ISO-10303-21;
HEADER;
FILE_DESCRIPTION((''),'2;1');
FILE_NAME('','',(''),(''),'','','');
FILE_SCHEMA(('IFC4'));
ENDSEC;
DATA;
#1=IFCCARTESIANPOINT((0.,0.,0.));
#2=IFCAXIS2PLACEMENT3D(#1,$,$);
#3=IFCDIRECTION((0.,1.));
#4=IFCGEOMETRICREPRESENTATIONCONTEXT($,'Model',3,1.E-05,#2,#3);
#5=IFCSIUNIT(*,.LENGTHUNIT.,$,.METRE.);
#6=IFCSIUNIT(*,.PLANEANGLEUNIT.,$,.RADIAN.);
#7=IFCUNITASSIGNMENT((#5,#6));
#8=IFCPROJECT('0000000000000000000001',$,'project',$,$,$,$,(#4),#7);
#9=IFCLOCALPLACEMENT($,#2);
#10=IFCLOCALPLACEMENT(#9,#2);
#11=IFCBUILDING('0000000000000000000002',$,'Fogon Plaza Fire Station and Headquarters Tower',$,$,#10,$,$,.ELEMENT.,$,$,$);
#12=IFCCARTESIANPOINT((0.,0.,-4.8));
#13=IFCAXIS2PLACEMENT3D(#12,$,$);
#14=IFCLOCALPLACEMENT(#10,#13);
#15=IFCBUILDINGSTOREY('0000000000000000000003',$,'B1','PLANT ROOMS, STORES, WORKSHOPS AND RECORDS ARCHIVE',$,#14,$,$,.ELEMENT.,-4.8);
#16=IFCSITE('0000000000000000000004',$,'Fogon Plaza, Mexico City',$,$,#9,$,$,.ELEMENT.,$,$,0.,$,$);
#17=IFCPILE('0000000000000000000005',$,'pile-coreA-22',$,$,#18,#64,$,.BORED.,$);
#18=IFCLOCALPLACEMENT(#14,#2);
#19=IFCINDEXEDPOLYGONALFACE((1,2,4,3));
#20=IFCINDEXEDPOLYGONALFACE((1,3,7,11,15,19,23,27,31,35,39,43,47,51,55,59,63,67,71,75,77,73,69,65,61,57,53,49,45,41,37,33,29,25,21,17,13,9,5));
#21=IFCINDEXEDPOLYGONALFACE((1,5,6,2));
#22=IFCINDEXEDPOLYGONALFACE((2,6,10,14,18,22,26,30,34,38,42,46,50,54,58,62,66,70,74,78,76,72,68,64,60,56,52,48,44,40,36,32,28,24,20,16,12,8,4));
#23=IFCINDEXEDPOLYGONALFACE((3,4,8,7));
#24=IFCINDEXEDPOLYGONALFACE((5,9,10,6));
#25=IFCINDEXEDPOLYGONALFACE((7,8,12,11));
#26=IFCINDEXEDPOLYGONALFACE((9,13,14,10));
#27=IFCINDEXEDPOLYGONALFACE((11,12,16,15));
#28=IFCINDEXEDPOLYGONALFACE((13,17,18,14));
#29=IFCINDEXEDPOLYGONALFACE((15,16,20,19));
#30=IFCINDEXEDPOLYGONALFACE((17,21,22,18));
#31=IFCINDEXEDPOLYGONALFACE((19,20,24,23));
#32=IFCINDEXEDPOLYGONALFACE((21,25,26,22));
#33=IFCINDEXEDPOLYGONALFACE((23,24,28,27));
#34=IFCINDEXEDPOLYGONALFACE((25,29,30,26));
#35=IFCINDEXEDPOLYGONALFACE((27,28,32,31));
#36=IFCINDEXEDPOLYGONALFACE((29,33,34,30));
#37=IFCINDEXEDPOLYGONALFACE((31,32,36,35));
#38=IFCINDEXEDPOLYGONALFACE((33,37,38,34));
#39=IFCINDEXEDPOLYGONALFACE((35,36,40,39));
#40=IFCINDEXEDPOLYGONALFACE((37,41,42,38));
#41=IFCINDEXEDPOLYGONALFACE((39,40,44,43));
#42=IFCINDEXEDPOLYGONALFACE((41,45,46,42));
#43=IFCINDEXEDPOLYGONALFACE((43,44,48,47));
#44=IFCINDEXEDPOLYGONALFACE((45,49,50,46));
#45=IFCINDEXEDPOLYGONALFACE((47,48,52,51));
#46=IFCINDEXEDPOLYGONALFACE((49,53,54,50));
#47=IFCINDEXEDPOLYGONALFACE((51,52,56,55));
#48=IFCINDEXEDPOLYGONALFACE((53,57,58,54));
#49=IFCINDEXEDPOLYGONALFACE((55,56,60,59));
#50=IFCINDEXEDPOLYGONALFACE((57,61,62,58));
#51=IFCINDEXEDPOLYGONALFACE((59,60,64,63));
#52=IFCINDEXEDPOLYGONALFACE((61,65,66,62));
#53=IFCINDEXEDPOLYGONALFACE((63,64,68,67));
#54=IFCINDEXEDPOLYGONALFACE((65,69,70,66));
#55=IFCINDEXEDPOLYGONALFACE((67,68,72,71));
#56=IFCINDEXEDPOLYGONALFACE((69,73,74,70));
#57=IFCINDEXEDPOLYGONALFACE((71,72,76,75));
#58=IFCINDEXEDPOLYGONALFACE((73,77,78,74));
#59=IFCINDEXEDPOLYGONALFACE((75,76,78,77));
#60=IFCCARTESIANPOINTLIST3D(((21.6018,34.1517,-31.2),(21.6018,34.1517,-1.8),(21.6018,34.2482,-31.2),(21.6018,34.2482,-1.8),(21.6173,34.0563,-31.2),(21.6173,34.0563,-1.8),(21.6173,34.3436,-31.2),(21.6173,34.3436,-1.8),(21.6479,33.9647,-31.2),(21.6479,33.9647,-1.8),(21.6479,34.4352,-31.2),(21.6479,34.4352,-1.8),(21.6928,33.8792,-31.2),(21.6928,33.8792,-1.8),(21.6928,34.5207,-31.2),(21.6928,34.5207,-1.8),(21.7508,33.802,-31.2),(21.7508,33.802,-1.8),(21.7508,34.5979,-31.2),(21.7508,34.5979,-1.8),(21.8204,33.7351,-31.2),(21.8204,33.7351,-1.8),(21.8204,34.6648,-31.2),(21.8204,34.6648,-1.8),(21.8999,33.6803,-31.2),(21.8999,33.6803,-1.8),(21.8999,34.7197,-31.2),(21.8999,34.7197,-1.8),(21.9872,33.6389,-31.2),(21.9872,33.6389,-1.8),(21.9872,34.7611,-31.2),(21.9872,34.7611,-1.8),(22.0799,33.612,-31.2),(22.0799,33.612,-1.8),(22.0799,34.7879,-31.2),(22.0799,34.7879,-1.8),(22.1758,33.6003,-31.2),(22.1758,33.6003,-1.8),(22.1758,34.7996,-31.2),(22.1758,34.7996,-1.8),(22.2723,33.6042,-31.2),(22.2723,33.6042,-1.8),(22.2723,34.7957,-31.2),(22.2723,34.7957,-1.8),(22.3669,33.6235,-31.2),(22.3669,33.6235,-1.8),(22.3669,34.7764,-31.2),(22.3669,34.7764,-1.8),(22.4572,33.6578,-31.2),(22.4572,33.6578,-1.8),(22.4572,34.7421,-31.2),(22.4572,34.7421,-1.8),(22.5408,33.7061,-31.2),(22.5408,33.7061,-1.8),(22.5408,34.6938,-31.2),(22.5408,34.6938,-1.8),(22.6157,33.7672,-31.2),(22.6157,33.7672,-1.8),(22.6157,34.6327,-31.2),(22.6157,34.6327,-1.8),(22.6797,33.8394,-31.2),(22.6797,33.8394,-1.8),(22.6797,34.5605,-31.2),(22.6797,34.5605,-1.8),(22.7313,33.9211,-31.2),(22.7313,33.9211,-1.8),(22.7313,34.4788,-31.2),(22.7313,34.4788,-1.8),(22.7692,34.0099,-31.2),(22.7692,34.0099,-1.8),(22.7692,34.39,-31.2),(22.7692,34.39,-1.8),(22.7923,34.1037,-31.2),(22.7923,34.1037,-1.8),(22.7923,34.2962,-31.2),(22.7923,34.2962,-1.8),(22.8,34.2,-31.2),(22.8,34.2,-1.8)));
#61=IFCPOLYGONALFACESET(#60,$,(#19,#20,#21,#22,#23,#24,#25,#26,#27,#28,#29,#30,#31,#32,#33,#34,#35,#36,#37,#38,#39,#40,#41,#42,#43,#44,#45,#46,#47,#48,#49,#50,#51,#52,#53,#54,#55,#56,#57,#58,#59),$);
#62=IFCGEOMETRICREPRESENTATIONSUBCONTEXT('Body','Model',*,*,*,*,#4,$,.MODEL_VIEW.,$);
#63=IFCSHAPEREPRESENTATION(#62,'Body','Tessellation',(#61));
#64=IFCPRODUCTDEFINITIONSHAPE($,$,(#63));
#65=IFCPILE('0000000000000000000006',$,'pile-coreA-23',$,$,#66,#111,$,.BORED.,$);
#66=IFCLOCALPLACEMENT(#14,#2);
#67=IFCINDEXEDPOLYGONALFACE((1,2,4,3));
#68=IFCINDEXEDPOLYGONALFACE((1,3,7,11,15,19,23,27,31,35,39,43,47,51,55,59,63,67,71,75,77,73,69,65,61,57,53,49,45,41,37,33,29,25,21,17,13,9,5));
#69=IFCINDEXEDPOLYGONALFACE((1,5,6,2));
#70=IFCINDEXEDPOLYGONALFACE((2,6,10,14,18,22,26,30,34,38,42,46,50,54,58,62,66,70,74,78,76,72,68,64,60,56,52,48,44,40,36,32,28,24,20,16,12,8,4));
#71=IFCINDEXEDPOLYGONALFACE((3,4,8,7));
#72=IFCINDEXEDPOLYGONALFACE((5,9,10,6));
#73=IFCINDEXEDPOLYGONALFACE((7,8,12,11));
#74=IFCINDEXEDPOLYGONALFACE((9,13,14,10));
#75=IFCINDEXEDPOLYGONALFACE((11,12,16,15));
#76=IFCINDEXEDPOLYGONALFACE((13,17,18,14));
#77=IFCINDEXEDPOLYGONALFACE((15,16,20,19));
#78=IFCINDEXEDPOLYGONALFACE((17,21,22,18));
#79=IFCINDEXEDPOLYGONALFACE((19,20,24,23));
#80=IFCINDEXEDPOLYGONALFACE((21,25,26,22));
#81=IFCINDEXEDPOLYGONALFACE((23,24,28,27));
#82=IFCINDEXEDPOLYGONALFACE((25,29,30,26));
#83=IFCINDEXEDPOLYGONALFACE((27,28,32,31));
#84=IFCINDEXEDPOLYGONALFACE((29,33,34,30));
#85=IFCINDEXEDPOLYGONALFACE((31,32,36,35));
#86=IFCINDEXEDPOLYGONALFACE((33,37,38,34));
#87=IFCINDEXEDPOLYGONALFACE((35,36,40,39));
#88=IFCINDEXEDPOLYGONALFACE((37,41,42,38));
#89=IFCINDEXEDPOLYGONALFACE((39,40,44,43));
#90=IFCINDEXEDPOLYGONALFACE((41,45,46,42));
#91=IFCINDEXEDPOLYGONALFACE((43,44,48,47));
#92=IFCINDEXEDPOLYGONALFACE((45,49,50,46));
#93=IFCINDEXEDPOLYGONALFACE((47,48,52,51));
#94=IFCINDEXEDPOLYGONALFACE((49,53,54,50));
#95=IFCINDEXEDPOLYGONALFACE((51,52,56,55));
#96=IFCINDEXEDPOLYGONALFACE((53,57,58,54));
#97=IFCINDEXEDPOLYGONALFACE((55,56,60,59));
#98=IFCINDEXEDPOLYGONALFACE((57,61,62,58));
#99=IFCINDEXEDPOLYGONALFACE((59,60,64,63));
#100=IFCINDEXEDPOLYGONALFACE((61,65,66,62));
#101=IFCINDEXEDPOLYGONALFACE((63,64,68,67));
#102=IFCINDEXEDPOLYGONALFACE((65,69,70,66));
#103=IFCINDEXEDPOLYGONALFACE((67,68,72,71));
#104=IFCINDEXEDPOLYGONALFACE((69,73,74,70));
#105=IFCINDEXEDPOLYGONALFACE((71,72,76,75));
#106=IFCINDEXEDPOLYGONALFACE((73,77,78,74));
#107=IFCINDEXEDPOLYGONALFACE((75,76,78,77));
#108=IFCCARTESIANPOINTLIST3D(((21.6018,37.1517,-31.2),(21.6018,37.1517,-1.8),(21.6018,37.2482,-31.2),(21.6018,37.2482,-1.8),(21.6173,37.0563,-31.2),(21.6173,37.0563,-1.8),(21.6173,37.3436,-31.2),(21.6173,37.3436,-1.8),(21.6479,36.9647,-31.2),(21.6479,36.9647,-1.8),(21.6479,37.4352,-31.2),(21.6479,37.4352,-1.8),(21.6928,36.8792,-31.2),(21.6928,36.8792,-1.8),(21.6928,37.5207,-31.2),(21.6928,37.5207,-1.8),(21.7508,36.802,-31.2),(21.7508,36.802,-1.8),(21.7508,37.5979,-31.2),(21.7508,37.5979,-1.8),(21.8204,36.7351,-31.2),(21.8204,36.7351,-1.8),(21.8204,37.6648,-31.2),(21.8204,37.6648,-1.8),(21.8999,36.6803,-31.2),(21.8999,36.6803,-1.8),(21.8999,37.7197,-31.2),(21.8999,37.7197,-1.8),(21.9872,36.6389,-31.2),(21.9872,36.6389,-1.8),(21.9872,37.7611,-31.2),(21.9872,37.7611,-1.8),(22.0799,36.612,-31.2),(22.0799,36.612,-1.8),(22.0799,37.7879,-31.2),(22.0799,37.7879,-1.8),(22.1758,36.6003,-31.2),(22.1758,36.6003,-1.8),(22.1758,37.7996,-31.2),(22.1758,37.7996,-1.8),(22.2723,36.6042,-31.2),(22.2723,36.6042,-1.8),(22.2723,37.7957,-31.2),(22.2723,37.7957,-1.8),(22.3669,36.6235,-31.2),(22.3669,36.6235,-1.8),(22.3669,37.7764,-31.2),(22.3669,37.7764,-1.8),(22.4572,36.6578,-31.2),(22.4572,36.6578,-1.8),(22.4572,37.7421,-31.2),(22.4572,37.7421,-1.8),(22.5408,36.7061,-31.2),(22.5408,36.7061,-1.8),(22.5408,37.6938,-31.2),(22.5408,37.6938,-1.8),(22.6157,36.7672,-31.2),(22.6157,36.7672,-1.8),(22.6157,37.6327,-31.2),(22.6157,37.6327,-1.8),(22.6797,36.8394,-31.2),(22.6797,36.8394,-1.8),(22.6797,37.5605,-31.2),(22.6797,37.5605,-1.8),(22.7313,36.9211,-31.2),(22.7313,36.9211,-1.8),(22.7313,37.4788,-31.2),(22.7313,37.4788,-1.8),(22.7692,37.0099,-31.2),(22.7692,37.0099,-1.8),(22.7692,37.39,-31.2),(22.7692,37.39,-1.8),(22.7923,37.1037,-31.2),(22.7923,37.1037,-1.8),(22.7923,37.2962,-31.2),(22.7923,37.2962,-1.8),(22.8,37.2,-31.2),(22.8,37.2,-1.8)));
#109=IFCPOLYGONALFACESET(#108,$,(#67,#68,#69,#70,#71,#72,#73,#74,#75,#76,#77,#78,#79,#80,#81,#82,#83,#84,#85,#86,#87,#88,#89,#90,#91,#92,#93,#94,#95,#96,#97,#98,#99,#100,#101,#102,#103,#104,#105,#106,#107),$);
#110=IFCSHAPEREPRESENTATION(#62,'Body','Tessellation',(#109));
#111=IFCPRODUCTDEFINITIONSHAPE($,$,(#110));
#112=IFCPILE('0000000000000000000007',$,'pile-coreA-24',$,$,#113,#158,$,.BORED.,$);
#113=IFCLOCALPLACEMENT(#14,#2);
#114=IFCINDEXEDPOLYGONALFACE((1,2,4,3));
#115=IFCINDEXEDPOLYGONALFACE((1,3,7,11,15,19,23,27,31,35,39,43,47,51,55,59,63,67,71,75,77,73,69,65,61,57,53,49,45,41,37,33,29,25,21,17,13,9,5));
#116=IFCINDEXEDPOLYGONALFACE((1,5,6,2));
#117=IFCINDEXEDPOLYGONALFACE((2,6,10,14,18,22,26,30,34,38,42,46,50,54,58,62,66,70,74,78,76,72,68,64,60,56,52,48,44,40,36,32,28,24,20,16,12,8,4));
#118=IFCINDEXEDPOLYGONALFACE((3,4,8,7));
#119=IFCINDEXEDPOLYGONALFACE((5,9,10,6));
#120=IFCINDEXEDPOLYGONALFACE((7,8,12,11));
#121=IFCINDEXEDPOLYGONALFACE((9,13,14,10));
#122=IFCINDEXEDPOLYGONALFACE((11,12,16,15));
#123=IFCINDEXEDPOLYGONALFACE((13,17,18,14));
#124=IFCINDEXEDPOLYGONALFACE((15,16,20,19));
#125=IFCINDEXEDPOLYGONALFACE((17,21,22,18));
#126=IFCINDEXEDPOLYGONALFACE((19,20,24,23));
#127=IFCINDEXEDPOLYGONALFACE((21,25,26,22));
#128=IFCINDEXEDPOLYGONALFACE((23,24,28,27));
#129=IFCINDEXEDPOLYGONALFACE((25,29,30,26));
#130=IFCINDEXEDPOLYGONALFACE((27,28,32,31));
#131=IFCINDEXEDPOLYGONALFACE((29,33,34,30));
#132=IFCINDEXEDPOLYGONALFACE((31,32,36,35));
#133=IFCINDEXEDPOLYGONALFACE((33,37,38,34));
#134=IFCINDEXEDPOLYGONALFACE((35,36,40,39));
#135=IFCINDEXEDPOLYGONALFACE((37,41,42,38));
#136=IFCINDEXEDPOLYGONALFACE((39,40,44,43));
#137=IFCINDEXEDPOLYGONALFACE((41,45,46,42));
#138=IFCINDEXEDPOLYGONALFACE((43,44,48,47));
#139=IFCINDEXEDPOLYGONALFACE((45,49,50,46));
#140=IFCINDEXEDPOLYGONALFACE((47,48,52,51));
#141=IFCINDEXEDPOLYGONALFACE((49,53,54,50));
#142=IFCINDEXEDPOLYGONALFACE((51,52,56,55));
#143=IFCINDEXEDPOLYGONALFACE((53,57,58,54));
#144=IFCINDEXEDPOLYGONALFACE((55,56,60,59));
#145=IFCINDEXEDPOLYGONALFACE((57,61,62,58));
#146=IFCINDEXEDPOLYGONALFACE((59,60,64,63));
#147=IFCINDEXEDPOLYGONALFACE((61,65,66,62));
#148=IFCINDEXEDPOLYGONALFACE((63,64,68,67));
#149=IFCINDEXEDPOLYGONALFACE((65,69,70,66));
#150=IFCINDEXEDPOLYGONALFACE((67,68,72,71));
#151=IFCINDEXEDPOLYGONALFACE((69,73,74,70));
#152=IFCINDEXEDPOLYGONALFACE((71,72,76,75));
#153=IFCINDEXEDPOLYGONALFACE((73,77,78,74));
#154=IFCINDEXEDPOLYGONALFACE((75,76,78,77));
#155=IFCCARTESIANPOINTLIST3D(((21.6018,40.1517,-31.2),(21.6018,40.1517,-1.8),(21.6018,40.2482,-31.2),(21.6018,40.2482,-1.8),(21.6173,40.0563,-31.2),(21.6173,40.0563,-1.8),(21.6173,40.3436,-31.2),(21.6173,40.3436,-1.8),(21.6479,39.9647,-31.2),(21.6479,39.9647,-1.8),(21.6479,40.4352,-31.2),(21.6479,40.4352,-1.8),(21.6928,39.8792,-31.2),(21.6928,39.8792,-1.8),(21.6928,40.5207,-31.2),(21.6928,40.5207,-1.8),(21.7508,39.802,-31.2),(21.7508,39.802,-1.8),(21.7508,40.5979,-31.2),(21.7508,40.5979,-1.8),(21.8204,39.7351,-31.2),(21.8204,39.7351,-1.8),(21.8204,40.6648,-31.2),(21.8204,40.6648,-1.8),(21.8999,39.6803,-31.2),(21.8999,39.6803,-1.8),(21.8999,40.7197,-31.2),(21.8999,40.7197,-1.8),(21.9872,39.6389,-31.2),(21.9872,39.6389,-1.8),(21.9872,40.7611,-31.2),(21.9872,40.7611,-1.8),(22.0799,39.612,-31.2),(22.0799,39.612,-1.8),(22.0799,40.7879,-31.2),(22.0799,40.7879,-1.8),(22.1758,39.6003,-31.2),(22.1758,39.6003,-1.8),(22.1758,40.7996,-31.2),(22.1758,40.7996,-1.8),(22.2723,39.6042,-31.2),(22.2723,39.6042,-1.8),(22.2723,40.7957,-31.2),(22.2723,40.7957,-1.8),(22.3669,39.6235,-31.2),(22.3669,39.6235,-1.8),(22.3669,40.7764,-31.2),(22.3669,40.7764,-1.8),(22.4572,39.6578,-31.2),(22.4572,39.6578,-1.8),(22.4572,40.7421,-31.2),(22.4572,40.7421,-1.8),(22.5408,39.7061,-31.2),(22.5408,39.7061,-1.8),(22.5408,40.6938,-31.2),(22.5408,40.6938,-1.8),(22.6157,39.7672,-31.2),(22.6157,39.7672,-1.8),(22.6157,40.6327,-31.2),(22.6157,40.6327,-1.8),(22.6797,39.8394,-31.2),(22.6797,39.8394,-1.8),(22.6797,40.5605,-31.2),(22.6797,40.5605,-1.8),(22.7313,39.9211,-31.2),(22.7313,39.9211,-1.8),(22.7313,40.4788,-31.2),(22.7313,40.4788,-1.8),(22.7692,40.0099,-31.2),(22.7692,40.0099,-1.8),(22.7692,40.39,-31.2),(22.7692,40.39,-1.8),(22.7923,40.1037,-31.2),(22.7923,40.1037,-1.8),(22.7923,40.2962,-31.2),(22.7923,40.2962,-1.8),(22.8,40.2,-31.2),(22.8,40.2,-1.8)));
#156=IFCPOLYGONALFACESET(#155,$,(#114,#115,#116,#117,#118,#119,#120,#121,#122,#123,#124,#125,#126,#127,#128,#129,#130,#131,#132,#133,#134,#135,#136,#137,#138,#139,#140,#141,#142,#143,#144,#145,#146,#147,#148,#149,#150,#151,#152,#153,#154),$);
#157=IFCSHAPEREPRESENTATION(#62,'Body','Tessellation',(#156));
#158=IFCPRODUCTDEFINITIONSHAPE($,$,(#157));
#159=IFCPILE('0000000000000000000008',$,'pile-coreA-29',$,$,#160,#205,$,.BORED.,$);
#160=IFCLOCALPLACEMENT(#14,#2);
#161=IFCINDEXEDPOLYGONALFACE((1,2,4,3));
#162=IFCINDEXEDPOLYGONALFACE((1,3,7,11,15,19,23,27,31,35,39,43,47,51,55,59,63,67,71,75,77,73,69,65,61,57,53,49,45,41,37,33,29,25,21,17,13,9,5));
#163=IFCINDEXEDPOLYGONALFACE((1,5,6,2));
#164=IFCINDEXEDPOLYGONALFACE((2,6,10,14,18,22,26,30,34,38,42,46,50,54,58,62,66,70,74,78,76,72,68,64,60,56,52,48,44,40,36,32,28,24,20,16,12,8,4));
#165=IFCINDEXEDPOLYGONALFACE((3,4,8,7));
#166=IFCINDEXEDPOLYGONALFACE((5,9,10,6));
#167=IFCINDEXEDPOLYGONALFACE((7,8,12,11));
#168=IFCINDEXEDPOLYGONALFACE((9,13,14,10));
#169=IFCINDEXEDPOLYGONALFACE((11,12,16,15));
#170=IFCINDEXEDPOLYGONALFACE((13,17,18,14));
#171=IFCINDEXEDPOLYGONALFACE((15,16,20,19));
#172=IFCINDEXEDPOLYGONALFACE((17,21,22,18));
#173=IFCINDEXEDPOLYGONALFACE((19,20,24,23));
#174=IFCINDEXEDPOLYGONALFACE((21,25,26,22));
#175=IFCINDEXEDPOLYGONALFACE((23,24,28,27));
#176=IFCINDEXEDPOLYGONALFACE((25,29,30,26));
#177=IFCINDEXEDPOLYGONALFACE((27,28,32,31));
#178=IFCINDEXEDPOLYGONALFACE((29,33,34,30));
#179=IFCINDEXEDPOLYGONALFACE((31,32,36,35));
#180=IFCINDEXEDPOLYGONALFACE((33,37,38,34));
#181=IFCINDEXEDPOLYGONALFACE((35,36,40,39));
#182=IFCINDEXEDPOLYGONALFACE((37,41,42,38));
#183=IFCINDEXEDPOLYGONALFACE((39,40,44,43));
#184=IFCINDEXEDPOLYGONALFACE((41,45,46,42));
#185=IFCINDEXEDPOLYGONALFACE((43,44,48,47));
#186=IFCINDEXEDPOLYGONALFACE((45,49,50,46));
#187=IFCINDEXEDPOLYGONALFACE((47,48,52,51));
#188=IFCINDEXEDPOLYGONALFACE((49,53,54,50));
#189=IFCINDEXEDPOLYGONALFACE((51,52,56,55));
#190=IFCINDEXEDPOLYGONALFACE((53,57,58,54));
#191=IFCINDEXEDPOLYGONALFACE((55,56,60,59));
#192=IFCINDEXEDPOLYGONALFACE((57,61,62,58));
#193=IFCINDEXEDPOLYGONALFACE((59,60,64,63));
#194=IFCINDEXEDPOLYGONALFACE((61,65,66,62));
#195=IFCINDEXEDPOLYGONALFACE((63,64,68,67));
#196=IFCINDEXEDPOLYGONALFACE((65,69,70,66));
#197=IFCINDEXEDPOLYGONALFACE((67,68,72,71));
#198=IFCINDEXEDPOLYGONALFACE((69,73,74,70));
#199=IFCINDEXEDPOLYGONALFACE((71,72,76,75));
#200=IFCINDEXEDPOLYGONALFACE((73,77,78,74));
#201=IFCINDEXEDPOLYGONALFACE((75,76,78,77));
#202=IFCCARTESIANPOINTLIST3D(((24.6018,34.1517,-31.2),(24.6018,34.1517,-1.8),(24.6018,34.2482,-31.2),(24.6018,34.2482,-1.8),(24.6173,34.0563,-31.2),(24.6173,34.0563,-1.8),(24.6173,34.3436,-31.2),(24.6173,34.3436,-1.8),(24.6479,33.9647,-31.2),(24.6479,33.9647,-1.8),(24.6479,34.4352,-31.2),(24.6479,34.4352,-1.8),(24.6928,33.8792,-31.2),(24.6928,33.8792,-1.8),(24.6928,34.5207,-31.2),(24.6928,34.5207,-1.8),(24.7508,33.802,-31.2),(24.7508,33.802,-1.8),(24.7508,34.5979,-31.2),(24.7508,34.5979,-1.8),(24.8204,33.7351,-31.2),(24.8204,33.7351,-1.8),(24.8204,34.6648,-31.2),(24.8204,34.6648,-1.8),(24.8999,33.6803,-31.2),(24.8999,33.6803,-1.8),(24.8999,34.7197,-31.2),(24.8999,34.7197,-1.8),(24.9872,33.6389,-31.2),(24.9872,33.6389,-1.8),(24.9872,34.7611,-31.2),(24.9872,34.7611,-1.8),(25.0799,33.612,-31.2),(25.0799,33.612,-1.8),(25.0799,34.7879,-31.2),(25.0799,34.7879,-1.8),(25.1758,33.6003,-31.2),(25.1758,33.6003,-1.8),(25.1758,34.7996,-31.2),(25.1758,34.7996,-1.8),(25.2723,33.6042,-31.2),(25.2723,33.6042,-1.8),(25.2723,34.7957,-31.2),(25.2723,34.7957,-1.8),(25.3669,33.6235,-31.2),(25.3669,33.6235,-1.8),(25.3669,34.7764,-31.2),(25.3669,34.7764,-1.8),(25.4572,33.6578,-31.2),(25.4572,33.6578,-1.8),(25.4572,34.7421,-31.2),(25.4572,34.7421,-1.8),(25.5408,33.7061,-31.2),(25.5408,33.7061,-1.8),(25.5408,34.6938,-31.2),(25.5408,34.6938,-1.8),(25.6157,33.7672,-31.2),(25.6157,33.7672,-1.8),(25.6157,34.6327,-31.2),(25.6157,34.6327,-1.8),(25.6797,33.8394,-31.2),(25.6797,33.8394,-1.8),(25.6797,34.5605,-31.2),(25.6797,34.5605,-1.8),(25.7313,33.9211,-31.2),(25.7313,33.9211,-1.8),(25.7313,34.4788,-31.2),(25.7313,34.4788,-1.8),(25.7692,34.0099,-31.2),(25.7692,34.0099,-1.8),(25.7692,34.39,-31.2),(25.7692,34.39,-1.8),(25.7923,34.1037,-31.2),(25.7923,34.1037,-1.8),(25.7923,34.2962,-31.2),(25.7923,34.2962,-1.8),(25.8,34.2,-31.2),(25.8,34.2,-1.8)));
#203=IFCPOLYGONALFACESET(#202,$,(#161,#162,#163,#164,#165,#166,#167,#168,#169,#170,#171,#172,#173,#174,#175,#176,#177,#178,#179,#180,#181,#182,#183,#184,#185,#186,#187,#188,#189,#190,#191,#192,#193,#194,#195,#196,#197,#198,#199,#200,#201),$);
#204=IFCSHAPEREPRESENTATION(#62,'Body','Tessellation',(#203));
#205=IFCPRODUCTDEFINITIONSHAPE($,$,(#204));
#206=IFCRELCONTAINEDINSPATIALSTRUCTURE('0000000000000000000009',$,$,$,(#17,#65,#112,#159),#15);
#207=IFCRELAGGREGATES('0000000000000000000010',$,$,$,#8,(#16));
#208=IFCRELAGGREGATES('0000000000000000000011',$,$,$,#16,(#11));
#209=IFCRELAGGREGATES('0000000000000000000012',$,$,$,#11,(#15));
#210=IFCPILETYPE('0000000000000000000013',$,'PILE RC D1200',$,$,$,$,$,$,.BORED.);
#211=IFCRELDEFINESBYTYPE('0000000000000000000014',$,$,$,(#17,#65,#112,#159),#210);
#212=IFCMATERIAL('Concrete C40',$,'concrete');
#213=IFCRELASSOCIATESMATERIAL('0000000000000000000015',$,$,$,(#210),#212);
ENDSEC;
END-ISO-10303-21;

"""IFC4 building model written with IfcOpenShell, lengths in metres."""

from ifc_helpers import new_model, si_unit, direction, frame, origin, origin_2d, place, context, subcontext, project, spatial, circle, extrude, material, material_profile, profile_set, type_object, element, save


model = new_model("IFC4")

# Units and contexts
model_context = context("Model", 3, precision=1e-05, world=origin(), true_north=direction((0.0, 1.0)))
body_context = subcontext(model_context, "Body", "Model", "MODEL_VIEW")
ifc_project = project(units=[si_unit("LENGTHUNIT", "METRE"), si_unit("PLANEANGLEUNIT", "RADIAN")], contexts=[model_context])

# Site, building, storey
site_placement = place(None, origin())
site = spatial("IfcSite", under=ifc_project, at=site_placement, Name="Fogon Plaza, Mexico City", CompositionType="ELEMENT", RefElevation=0.0)
building_placement = place(site_placement, origin())
building = spatial("IfcBuilding", under=site, at=building_placement, Name="Fogon Plaza Fire Station and Headquarters Tower", CompositionType="ELEMENT")
storey_placement = place(building_placement, frame((0.0, 0.0, -4.8)))
storey = spatial("IfcBuildingStorey", under=building, at=storey_placement, Name="B1", Description="PLANT ROOMS, STORES, WORKSHOPS AND RECORDS ARCHIVE", CompositionType="ELEMENT", Elevation=-4.8)

# Piles
ifc_material_1 = material(Name="Concrete C40", Category="concrete")
ifc_material_profile = material_profile(ifc_material_1, circle(Radius=0.6001, at=origin_2d()), Name="RC D1200")
ifc_profile_set = profile_set([ifc_material_profile], Name="Concrete C40")
pile_type = type_object("IfcPileType", Name="PILE RC D1200", PredefinedType="BORED", material=ifc_profile_set)
for number, where, z_axis, x_axis, name in (
    (1, (22.2, 34.2, -1.8), (0.0, 0.0, -1.0), (1.0, 0.0, 0.0), "pile-coreA-22"),
    (2, (22.2, 37.2, -1.8), (0.0, 0.0, -1.0), (1.0, 0.0, 0.0), "pile-coreA-23"),
    (3, (22.2, 40.2, -1.8), (0.0, 0.0, -1.0), (1.0, 0.0, 0.0), "pile-coreA-24"),
    (4, (25.2, 34.2, -1.8), (0.0, 0.0, -1.0), (1.0, 0.0, 0.0), "pile-coreA-29"),
):
    element("IfcPile", number, at=place(storey_placement, frame(where, z_axis=z_axis, x_axis=x_axis)), inside=storey, type_object=pile_type, Name=name, PredefinedType="BORED", context=body_context, shape_type="SweptSolid", body=[
        extrude(circle(Radius=0.6001, at=origin_2d()), origin(), (0.0, 0.0, 1.0), 29.3999),
    ])

save(model, "model.ifc")
